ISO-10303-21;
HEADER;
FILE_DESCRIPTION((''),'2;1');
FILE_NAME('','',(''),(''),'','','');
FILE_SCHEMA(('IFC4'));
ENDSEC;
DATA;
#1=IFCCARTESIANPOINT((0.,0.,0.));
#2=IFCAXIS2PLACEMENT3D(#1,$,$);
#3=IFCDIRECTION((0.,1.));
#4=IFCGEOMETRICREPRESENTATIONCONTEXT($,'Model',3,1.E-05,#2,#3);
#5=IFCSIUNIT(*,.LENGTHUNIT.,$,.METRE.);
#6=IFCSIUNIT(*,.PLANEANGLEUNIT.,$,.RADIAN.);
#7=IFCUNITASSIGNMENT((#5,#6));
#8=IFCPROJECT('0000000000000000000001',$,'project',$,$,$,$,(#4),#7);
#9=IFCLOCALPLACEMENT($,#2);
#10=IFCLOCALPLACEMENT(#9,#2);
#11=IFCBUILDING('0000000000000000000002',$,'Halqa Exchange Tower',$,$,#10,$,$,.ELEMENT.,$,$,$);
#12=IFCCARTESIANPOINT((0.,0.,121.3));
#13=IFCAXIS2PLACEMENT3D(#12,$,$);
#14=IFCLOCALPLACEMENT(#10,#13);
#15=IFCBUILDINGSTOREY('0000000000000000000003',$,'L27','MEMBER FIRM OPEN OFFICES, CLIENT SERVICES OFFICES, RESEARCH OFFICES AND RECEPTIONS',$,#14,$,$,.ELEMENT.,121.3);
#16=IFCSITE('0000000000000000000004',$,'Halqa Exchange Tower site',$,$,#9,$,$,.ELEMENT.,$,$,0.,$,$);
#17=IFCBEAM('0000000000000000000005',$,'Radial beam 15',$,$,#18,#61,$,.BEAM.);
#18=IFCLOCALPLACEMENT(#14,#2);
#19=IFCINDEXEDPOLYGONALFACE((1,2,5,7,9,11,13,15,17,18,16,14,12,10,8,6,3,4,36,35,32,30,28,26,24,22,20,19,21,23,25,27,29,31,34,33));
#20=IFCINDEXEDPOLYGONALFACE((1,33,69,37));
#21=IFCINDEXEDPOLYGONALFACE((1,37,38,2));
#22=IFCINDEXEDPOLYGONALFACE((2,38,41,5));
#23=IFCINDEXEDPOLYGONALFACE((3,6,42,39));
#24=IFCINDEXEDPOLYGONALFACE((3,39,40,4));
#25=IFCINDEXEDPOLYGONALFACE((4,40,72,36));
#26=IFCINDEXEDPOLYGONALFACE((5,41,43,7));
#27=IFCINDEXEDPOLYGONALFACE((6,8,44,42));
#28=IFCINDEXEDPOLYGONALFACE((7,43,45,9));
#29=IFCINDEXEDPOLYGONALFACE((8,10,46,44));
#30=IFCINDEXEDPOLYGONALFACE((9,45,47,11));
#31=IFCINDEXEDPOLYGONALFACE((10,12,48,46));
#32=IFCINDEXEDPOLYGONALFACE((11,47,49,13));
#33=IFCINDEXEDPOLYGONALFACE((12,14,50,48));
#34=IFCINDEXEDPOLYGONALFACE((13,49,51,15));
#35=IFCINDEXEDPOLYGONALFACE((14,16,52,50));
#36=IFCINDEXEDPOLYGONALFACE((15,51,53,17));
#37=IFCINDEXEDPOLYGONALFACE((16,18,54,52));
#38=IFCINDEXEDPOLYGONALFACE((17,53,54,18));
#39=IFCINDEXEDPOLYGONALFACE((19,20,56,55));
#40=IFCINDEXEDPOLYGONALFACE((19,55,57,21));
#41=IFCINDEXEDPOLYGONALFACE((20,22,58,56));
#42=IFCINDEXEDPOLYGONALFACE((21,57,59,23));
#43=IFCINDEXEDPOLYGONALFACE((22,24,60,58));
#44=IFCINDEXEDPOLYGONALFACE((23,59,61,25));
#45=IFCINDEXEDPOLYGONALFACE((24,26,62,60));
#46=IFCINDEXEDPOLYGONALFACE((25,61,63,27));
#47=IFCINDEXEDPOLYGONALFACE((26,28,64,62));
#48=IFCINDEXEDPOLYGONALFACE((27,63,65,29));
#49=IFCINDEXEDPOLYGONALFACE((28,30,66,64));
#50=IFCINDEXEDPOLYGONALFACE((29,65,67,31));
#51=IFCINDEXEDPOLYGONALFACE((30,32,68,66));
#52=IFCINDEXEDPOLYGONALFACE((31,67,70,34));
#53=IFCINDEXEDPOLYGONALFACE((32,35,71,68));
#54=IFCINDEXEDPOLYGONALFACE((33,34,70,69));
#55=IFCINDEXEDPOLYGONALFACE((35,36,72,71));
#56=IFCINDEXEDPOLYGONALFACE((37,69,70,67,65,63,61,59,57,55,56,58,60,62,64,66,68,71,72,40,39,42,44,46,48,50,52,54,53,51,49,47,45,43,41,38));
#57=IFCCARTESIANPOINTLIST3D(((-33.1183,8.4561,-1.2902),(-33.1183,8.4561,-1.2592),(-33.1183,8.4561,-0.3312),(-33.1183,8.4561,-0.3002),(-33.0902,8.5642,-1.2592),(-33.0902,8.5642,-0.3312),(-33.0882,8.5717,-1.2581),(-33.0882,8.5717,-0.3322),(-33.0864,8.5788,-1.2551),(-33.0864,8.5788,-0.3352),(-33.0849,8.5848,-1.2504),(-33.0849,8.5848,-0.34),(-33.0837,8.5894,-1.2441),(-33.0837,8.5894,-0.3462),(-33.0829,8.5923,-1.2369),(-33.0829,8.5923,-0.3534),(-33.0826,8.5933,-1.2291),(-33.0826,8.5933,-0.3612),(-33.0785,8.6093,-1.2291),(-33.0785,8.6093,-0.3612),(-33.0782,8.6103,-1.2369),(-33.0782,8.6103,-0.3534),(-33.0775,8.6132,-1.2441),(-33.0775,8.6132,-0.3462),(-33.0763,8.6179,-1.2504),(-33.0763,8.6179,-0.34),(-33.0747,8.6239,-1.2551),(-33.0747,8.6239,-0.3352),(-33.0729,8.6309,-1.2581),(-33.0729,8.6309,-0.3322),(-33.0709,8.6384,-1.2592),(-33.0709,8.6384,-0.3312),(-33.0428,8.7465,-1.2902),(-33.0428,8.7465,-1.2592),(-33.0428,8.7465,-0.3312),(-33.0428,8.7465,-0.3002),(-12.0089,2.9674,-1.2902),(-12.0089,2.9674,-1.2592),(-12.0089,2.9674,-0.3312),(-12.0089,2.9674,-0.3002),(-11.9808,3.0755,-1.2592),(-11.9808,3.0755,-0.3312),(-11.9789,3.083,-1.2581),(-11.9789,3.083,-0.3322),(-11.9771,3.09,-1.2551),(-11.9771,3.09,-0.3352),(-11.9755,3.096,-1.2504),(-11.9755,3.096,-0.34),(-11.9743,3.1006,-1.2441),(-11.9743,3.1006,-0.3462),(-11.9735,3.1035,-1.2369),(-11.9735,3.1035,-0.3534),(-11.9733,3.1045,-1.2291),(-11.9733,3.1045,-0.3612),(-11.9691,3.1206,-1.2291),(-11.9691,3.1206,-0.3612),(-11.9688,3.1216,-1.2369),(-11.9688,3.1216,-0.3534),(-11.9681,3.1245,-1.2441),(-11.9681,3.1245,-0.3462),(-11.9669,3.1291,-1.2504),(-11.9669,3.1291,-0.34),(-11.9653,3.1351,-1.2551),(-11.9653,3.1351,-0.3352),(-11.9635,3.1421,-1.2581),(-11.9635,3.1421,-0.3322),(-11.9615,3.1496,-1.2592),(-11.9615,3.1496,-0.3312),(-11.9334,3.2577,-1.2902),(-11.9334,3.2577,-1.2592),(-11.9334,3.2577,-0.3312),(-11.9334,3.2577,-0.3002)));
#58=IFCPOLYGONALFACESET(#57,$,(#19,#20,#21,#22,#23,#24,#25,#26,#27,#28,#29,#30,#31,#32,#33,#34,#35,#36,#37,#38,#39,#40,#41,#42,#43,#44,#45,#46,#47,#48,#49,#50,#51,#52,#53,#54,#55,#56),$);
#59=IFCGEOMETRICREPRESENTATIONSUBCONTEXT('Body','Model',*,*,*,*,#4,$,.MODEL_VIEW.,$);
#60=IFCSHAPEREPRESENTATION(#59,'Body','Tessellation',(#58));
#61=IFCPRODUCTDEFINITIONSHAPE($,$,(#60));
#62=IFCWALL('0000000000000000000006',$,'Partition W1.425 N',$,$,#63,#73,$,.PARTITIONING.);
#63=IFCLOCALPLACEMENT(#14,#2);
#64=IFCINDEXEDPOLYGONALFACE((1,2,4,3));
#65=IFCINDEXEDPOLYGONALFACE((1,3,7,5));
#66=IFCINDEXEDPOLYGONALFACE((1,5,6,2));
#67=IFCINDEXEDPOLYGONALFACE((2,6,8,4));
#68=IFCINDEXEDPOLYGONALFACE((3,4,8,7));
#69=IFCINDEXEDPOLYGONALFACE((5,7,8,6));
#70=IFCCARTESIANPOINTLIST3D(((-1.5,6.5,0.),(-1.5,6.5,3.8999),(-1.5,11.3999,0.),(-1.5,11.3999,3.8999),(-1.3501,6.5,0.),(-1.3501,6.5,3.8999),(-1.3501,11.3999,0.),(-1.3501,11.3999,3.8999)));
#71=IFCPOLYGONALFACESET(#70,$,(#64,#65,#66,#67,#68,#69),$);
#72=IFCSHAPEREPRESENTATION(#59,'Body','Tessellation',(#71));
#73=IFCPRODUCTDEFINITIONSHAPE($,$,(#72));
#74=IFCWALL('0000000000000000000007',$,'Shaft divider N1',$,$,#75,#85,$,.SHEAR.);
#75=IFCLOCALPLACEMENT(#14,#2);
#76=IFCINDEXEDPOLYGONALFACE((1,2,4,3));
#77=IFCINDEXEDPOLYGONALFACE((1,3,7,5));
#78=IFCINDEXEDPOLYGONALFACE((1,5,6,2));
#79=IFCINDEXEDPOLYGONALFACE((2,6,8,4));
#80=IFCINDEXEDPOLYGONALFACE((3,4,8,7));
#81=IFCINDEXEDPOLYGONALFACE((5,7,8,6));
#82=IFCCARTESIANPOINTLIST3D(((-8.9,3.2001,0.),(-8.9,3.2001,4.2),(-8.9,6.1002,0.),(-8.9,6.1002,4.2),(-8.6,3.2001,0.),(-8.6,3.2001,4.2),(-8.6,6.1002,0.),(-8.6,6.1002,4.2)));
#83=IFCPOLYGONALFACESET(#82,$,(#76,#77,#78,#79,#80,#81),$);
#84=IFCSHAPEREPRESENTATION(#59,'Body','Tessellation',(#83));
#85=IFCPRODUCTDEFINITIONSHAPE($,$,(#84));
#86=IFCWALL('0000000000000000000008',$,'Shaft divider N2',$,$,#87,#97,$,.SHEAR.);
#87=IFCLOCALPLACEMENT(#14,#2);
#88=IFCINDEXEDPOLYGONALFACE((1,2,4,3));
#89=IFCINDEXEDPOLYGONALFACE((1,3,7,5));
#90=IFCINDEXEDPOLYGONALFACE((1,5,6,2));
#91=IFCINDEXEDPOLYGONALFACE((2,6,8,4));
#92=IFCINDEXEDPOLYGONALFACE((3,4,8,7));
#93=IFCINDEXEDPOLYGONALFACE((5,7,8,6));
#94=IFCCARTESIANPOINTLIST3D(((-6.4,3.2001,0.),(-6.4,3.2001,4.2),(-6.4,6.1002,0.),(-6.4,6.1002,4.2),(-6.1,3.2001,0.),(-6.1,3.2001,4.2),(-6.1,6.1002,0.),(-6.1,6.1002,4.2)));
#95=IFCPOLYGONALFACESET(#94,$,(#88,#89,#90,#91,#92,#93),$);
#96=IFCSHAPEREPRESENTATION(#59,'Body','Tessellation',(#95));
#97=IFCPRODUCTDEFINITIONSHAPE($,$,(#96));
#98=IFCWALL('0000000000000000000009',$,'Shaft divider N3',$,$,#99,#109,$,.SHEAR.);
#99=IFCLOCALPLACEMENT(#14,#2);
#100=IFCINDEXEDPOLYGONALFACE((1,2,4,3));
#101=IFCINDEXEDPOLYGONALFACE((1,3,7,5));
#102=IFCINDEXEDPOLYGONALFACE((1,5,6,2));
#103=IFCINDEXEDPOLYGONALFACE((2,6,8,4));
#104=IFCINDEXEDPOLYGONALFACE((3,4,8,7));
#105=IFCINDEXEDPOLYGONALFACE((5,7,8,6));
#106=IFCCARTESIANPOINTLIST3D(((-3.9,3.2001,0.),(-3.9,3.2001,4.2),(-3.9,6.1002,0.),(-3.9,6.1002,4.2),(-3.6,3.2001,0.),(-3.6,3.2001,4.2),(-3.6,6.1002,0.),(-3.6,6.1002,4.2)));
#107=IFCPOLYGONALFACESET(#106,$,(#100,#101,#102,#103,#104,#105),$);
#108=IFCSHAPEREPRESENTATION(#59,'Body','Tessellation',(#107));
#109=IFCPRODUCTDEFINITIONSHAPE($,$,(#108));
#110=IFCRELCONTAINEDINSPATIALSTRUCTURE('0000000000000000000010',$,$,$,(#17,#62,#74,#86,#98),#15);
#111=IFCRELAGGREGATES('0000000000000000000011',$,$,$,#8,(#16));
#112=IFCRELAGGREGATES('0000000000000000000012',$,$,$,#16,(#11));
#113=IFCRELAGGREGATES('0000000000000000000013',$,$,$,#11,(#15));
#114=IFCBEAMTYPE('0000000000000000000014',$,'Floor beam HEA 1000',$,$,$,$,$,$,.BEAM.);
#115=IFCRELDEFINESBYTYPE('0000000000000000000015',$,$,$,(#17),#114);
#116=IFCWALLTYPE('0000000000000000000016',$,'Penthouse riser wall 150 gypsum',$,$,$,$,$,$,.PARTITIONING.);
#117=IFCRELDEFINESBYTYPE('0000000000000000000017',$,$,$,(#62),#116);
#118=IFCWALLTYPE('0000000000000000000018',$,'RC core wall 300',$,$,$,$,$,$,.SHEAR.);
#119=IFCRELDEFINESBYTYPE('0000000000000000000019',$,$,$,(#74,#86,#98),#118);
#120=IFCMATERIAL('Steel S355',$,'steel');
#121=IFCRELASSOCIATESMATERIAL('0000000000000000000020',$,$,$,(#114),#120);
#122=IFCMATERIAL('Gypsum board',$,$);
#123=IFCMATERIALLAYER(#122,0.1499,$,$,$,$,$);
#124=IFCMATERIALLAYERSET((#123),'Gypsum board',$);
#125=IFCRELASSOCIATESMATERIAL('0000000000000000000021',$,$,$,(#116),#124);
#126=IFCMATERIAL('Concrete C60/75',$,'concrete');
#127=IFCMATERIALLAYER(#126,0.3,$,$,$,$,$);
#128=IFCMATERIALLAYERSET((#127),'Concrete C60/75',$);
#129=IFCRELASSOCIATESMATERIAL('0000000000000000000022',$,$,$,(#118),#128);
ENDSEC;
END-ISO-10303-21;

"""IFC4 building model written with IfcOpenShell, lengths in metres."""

from ifc_helpers import new_model, si_unit, direction, frame, frame_2d, origin, origin_2d, place, context, subcontext, project, spatial, rectangle, i_section, extrude, material, layer, layer_set, material_profile, profile_set, type_object, element, save


model = new_model("IFC4")

# Units and contexts
model_context = context("Model", 3, precision=1e-05, world=origin(), true_north=direction((0.0, 1.0)))
body_context = subcontext(model_context, "Body", "Model", "MODEL_VIEW")
ifc_project = project(units=[si_unit("LENGTHUNIT", "METRE"), si_unit("PLANEANGLEUNIT", "RADIAN")], contexts=[model_context])

# Site, building, storey
site_placement = place(None, origin())
site = spatial("IfcSite", under=ifc_project, at=site_placement, Name="Halqa Exchange Tower site", CompositionType="ELEMENT", RefElevation=0.0)
building_placement = place(site_placement, origin())
building = spatial("IfcBuilding", under=site, at=building_placement, Name="Halqa Exchange Tower", CompositionType="ELEMENT")
storey_placement = place(building_placement, frame((0.0, 0.0, 121.3)))
storey = spatial("IfcBuildingStorey", under=building, at=storey_placement, Name="L27", Description="MEMBER FIRM OPEN OFFICES, CLIENT SERVICES OFFICES, RESEARCH OFFICES AND RECEPTIONS", CompositionType="ELEMENT", Elevation=121.3)

# Beam
ifc_material_1 = material(Name="Steel S355", Category="steel")
ifc_material_profile = material_profile(ifc_material_1, i_section(OverallWidth=0.3, OverallDepth=0.99, WebThickness=0.0166, FlangeThickness=0.031, FilletRadius=0.03, at=origin_2d()), Name="HEA 1000")
ifc_profile_set = profile_set([ifc_material_profile], Name="Steel S355")
beam_type = type_object("IfcBeamType", Name="Floor beam HEA 1000", PredefinedType="BEAM", material=ifc_profile_set)
beam_placement = place(storey_placement, frame((-11.9712, 3.1125, -0.7952), z_axis=(-0.967819, 0.251648, 0.0), x_axis=(-0.251648, -0.967819, 0.0)))
element("IfcBeam", 1, at=beam_placement, inside=storey, type_object=beam_type, Name="Radial beam 15", PredefinedType="BEAM", context=body_context, shape_type="SweptSolid", body=[
    extrude(i_section(OverallWidth=0.3, OverallDepth=0.99, WebThickness=0.0166, FlangeThickness=0.031, FilletRadius=0.03, at=origin_2d()), origin(), (0.0, 0.0, 1.0), 21.8113),
])

# Walls
ifc_material_2 = material(Name="Gypsum board")
ifc_layer_1 = layer(ifc_material_2, 0.1499)
ifc_layer_set_1 = layer_set([ifc_layer_1], Name="Gypsum board")
wall_type_1 = type_object("IfcWallType", Name="Penthouse riser wall 150 gypsum", PredefinedType="PARTITIONING", material=ifc_layer_set_1)
wall_1_placement = place(storey_placement, frame((-1.425, 6.5, 0.0), z_axis=(0.0, 0.0, 1.0), x_axis=(0.0, 1.0, 0.0)))
element("IfcWall", 2, at=wall_1_placement, inside=storey, type_object=wall_type_1, Name="Partition W1.425 N", PredefinedType="PARTITIONING", context=body_context, shape_type="SweptSolid", body=[
    extrude(rectangle(XDim=4.8999, YDim=0.1499, at=frame_2d((2.45, 0.0))), origin(), (0.0, 0.0, 1.0), 3.8999),
])
ifc_material_3 = material(Name="Concrete C60/75", Category="concrete")
ifc_layer_2 = layer(ifc_material_3, 0.3)
ifc_layer_set_2 = layer_set([ifc_layer_2], Name="Concrete C60/75")
wall_type_2 = type_object("IfcWallType", Name="RC core wall 300", PredefinedType="SHEAR", material=ifc_layer_set_2)
for number, where, z_axis, x_axis, name in (
    (3, (-8.75, 3.2, 0.0), (0.0, 0.0, 1.0), (0.0, 1.0, 0.0), "Shaft divider N1"),
    (4, (-6.25, 3.2, 0.0), (0.0, 0.0, 1.0), (0.0, 1.0, 0.0), "Shaft divider N2"),
    (5, (-3.75, 3.2, 0.0), (0.0, 0.0, 1.0), (0.0, 1.0, 0.0), "Shaft divider N3"),
):
    element("IfcWall", number, at=place(storey_placement, frame(where, z_axis=z_axis, x_axis=x_axis)), inside=storey, type_object=wall_type_2, Name=name, PredefinedType="SHEAR", context=body_context, shape_type="SweptSolid", body=[
        extrude(rectangle(XDim=2.9001, YDim=0.3, at=frame_2d((1.4502, 0.0))), origin(), (0.0, 0.0, 1.0), 4.2),
    ])

save(model, "model.ifc")
